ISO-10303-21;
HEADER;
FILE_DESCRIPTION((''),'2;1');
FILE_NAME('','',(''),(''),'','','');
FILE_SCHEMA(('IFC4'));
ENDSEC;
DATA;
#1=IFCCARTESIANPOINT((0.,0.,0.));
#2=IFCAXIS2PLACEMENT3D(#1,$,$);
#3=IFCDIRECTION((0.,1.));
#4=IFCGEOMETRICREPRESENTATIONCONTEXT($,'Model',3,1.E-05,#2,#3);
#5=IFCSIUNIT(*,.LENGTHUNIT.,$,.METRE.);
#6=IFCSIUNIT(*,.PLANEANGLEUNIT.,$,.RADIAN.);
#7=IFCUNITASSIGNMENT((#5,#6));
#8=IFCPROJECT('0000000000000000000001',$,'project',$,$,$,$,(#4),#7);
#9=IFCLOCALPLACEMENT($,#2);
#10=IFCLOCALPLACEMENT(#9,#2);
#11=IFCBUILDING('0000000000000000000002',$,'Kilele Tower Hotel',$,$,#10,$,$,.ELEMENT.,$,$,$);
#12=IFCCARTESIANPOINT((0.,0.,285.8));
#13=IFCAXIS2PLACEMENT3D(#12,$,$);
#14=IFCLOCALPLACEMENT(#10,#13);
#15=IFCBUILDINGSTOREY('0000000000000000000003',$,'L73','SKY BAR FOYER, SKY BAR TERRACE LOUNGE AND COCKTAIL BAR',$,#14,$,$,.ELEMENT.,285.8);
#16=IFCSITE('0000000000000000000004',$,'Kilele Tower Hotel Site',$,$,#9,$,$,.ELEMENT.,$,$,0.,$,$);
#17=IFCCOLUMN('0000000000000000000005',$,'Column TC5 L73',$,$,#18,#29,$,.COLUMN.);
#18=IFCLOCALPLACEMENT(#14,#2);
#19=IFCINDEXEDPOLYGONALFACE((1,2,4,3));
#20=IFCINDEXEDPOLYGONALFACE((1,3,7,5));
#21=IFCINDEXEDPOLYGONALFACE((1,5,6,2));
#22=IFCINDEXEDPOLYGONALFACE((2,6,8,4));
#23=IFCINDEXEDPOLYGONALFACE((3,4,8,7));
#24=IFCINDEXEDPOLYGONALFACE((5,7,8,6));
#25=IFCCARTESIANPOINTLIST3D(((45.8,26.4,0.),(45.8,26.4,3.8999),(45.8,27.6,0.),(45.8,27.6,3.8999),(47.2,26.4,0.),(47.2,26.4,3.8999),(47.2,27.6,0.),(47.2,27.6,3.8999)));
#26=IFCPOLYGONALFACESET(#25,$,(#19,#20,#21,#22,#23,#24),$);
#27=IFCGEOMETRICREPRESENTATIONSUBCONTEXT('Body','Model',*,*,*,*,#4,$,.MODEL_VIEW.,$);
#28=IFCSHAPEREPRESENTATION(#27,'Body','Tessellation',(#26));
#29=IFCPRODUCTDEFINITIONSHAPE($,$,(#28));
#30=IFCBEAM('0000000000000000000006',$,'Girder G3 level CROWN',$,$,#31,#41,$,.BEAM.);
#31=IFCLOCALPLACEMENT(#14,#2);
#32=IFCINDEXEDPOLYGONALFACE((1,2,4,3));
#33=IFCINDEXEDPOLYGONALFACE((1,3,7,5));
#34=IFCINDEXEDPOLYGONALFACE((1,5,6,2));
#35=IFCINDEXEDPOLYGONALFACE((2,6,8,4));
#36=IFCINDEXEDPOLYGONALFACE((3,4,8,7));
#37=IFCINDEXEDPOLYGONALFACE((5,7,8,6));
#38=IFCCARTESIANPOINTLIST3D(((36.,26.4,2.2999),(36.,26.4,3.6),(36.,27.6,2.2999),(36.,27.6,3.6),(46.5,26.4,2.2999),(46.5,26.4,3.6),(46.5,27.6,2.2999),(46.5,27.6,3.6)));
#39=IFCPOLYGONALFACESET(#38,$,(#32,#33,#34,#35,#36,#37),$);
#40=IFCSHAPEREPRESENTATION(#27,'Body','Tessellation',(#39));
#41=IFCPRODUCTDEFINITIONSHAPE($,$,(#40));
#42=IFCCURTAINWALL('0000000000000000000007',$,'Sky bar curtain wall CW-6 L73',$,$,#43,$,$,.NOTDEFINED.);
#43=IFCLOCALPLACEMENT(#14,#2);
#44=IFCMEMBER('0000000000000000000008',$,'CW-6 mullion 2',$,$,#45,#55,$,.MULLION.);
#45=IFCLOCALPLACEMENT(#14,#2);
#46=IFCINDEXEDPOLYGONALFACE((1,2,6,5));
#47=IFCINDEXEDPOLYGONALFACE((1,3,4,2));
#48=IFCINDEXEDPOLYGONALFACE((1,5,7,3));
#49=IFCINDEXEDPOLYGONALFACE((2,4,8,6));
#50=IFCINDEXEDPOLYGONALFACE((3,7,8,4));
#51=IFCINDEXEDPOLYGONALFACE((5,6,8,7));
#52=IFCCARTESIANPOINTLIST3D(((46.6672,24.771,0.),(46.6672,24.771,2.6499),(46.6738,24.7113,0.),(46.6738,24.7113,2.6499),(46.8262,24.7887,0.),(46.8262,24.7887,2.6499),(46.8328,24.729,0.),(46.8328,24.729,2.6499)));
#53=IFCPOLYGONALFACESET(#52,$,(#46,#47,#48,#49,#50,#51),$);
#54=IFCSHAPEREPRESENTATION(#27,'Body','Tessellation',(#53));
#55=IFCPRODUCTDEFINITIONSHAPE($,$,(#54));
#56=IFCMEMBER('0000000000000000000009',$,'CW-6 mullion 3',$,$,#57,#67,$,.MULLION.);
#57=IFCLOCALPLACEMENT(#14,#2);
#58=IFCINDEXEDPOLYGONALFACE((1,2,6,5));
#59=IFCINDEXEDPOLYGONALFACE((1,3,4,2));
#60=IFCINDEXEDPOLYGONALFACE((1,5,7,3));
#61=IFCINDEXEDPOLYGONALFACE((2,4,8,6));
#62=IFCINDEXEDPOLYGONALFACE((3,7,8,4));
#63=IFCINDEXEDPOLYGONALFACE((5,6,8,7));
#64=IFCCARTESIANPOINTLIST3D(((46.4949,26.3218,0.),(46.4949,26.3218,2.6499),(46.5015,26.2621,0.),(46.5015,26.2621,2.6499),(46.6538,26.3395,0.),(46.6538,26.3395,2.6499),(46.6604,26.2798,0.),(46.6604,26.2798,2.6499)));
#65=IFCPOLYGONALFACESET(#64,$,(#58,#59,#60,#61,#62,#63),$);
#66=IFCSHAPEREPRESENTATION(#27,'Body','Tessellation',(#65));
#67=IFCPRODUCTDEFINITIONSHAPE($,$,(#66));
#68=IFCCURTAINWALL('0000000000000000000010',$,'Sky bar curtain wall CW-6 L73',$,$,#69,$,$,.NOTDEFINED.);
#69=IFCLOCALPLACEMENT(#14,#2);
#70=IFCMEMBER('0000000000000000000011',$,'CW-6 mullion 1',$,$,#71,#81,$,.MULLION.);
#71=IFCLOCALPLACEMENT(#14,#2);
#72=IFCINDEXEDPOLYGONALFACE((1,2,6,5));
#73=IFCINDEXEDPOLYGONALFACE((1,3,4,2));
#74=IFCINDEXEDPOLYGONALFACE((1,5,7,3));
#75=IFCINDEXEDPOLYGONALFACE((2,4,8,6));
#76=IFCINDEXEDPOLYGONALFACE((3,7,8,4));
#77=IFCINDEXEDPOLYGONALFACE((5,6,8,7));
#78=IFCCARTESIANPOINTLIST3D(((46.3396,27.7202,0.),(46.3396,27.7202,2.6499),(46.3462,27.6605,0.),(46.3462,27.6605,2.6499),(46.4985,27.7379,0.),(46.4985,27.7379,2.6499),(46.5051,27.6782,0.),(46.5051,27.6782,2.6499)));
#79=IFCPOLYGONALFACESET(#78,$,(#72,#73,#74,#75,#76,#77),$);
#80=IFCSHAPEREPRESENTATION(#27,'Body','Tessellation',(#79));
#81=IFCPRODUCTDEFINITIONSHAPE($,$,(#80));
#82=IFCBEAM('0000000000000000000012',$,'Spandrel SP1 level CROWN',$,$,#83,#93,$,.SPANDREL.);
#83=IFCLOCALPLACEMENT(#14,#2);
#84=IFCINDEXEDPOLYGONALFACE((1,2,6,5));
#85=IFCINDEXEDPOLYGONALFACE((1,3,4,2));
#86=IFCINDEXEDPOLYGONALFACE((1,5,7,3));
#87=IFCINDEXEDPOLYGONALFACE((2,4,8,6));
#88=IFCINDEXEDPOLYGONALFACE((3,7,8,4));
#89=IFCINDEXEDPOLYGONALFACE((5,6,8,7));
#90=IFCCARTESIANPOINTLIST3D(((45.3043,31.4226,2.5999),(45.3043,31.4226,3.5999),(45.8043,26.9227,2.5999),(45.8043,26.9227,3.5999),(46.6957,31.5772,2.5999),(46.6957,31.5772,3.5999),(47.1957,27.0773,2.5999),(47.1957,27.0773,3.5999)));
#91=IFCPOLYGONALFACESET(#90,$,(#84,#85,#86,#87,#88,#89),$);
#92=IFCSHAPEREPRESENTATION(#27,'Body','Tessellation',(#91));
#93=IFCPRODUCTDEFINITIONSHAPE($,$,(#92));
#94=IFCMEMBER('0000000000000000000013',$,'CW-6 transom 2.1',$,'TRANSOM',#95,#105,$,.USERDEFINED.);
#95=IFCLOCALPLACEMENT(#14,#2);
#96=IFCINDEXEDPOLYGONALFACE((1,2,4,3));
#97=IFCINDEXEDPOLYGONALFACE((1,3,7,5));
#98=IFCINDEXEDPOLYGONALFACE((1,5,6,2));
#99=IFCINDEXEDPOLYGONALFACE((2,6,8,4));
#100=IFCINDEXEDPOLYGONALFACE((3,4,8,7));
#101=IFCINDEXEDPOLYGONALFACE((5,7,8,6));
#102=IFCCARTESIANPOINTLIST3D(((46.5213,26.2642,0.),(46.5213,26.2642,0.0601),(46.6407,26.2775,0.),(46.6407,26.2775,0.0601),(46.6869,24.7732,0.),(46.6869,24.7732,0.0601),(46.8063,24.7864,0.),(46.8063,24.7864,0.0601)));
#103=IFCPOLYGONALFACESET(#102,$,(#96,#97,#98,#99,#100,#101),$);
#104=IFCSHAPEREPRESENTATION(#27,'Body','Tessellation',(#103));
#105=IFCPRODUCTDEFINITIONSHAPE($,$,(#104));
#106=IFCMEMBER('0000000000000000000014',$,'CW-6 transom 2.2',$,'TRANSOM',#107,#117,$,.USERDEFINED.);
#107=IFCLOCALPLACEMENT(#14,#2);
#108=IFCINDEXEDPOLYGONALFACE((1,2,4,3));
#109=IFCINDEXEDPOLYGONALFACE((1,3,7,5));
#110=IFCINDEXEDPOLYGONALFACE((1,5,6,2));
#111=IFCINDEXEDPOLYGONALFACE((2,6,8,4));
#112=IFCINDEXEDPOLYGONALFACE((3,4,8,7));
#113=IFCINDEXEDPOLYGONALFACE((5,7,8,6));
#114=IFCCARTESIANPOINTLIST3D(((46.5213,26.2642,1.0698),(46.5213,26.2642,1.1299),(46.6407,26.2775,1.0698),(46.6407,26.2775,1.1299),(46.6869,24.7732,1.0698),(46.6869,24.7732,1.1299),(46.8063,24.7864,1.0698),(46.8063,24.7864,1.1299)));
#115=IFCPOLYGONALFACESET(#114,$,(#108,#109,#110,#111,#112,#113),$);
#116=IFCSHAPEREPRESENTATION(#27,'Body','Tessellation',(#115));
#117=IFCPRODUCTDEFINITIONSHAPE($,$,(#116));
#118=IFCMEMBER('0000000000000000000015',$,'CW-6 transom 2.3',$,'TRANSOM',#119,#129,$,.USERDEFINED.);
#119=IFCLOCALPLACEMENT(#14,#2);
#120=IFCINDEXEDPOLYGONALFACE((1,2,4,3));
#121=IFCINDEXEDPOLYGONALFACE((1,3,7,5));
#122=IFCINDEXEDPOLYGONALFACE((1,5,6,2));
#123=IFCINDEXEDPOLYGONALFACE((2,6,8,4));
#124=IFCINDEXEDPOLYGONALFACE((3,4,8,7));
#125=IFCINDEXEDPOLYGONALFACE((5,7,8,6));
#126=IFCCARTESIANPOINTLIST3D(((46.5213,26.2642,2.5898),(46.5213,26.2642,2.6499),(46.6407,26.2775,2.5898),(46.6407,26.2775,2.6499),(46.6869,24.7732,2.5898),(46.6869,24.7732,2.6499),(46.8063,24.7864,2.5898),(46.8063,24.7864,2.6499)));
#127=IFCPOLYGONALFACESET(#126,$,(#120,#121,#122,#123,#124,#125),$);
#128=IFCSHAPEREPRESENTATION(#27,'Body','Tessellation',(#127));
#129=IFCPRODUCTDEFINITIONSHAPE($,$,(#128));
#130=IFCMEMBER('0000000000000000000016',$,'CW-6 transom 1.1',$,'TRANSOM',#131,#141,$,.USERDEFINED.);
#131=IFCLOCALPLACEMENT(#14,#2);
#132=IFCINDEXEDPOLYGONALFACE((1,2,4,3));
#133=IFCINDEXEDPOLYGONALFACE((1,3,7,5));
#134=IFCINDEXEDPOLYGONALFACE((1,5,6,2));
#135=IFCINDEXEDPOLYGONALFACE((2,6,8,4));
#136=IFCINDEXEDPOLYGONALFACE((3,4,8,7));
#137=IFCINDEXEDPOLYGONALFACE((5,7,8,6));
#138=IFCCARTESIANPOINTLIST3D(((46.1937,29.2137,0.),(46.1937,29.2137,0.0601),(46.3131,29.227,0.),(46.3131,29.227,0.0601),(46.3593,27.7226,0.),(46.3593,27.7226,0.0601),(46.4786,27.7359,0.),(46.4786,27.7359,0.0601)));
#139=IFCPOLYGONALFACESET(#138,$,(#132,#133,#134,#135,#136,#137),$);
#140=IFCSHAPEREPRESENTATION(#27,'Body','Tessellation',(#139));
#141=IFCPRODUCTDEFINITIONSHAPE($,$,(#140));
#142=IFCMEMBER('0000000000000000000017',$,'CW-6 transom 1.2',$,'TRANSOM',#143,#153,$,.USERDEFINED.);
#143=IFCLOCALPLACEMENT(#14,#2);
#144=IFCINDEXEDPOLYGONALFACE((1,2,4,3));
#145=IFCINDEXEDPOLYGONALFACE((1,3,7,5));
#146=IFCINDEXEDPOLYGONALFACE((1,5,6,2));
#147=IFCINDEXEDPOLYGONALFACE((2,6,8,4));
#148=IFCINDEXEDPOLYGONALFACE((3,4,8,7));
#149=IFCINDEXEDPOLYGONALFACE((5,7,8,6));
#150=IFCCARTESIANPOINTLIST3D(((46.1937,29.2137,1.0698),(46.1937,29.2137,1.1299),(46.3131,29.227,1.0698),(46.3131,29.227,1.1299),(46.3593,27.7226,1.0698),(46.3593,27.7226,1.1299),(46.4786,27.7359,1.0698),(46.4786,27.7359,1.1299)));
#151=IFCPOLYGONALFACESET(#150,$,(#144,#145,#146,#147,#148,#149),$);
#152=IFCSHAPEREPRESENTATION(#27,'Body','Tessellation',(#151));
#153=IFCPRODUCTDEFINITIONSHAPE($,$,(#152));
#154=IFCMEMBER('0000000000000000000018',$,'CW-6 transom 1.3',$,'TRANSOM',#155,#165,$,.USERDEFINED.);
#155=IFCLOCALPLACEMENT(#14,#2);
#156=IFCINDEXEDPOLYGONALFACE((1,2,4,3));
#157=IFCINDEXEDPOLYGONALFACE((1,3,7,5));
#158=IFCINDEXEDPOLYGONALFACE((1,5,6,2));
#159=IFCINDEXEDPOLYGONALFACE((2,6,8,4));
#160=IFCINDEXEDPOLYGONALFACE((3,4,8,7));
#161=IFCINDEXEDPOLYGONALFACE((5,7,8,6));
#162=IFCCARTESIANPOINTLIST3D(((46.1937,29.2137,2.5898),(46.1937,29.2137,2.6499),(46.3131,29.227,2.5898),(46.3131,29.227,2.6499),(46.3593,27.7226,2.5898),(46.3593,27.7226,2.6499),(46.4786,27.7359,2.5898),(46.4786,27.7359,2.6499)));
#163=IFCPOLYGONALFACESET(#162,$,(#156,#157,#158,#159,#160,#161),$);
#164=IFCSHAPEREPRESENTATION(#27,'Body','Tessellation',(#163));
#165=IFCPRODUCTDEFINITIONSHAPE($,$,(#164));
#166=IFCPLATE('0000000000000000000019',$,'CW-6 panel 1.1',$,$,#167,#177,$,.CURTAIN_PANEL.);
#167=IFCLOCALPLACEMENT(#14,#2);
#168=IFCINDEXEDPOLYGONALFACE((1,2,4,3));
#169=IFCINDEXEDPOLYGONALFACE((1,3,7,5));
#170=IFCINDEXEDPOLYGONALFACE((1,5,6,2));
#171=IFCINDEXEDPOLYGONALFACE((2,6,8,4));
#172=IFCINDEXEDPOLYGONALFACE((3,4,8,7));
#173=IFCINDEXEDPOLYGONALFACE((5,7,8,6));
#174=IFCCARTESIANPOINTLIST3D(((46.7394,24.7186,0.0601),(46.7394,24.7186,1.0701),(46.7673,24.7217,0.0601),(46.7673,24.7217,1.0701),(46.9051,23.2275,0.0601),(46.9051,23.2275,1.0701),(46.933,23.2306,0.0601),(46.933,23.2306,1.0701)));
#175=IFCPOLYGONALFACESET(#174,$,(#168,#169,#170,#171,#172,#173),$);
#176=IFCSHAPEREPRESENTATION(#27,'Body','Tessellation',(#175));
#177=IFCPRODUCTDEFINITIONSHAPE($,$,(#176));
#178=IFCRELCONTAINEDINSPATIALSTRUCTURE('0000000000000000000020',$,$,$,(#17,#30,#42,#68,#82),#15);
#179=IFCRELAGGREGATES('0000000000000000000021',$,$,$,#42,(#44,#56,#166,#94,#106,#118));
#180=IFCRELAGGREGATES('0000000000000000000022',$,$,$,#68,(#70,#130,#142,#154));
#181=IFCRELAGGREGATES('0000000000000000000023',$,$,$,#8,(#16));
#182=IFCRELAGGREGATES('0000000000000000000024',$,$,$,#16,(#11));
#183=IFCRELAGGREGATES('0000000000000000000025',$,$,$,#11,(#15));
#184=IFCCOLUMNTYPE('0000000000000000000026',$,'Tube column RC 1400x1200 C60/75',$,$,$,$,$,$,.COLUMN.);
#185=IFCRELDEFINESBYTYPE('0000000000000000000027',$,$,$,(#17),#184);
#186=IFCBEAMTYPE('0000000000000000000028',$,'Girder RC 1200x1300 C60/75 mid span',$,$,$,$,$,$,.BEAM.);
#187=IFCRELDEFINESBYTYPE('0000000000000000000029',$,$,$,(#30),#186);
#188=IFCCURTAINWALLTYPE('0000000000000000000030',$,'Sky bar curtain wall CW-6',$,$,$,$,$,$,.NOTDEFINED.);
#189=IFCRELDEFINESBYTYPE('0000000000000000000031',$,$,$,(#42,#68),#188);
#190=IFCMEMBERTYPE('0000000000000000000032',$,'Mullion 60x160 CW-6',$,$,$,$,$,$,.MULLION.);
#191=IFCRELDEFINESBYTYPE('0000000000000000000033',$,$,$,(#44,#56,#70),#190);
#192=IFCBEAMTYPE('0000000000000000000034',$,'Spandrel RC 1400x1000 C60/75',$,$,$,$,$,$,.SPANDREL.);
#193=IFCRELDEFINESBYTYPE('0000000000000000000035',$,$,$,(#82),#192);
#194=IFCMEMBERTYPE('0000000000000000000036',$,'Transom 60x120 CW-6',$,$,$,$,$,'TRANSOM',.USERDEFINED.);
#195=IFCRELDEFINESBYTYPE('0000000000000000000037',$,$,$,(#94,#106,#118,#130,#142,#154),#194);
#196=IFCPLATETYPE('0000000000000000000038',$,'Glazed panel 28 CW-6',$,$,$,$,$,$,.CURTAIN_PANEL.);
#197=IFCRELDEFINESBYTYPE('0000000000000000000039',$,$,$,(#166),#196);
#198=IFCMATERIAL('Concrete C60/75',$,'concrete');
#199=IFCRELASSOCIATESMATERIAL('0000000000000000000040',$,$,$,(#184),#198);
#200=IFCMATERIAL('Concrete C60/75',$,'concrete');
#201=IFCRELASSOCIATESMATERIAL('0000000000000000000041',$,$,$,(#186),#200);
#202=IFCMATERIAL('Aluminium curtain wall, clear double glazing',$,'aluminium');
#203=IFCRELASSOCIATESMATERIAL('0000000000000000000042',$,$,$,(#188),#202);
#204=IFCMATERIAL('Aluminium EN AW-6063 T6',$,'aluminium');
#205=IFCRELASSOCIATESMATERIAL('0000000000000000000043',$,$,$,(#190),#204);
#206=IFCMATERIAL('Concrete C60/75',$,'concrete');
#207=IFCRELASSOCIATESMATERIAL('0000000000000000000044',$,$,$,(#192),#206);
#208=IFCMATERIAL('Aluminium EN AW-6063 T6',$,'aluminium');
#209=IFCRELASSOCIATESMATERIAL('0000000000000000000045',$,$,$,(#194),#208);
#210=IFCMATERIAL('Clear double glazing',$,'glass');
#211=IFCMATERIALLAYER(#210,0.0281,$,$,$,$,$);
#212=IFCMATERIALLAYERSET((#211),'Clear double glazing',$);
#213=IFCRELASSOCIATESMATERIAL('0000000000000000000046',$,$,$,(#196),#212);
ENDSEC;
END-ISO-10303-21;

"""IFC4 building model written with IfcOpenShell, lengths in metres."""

from ifc_helpers import new_model, si_unit, direction, frame, origin, origin_2d, place, context, subcontext, project, spatial, rectangle, extrude, material, layer, layer_set, material_profile, profile_set, type_object, element, aggregate, save


model = new_model("IFC4")

# Units and contexts
model_context = context("Model", 3, precision=1e-05, world=origin(), true_north=direction((0.0, 1.0)))
body_context = subcontext(model_context, "Body", "Model", "MODEL_VIEW")
ifc_project = project(units=[si_unit("LENGTHUNIT", "METRE"), si_unit("PLANEANGLEUNIT", "RADIAN")], contexts=[model_context])

# Site, building, storey
site_placement = place(None, origin())
site = spatial("IfcSite", under=ifc_project, at=site_placement, Name="Kilele Tower Hotel Site", CompositionType="ELEMENT", RefElevation=0.0)
building_placement = place(site_placement, origin())
building = spatial("IfcBuilding", under=site, at=building_placement, Name="Kilele Tower Hotel", CompositionType="ELEMENT")
storey_placement = place(building_placement, frame((0.0, 0.0, 285.8)))
storey = spatial("IfcBuildingStorey", under=building, at=storey_placement, Name="L73", Description="SKY BAR FOYER, SKY BAR TERRACE LOUNGE AND COCKTAIL BAR", CompositionType="ELEMENT", Elevation=285.8)

# Column
ifc_material_1 = material(Name="Concrete C60/75", Category="concrete")
ifc_material_profile_1 = material_profile(ifc_material_1, rectangle(XDim=1.3999, YDim=1.2, at=origin_2d()))
ifc_profile_set_1 = profile_set([ifc_material_profile_1], Name="Concrete C60/75")
column_type = type_object("IfcColumnType", Name="Tube column RC 1400x1200 C60/75", PredefinedType="COLUMN", material=ifc_profile_set_1)
column_placement = place(storey_placement, frame((46.5, 27.0, 0.0), z_axis=(0.0, 0.0, 1.0), x_axis=(1.0, 0.0, 0.0)))
element("IfcColumn", 1, at=column_placement, inside=storey, type_object=column_type, Name="Column TC5 L73", PredefinedType="COLUMN", context=body_context, shape_type="SweptSolid", body=[
    extrude(rectangle(XDim=1.3999, YDim=1.2, at=origin_2d()), origin(), (0.0, 0.0, 1.0), 3.8999),
])

# Beam
ifc_material_2 = material(Name="Concrete C60/75", Category="concrete")
ifc_material_profile_2 = material_profile(ifc_material_2, rectangle(XDim=1.2, YDim=1.3, at=origin_2d()))
ifc_profile_set_2 = profile_set([ifc_material_profile_2], Name="Concrete C60/75")
beam_type_1 = type_object("IfcBeamType", Name="Girder RC 1200x1300 C60/75 mid span", PredefinedType="BEAM", material=ifc_profile_set_2)
beam_1_placement = place(storey_placement, frame((46.5, 27.0, 2.95), z_axis=(-1.0, 0.0, 0.0), x_axis=(0.0, -1.0, 0.0)))
element("IfcBeam", 2, at=beam_1_placement, inside=storey, type_object=beam_type_1, Name="Girder G3 level CROWN", PredefinedType="BEAM", context=body_context, shape_type="SweptSolid", body=[
    extrude(rectangle(XDim=1.2, YDim=1.3, at=origin_2d()), origin(), (0.0, 0.0, 1.0), 10.5),
])

# Curtain wall, members
ifc_material_3 = material(Name="Aluminium curtain wall, clear double glazing", Category="aluminium")
curtain_wall_type = type_object("IfcCurtainWallType", Name="Sky bar curtain wall CW-6", PredefinedType="NOTDEFINED", material=ifc_material_3)
curtain_wall_1_placement = place(storey_placement, origin())
curtain_wall_1 = element("IfcCurtainWall", 3, at=curtain_wall_1_placement, inside=storey, type_object=curtain_wall_type, Name="Sky bar curtain wall CW-6 L73", PredefinedType="NOTDEFINED")
ifc_material_4 = material(Name="Aluminium EN AW-6063 T6", Category="aluminium")
ifc_material_profile_3 = material_profile(ifc_material_4, rectangle(XDim=0.1599, YDim=0.0601, at=origin_2d()))
ifc_profile_set_3 = profile_set([ifc_material_profile_3], Name="Aluminium EN AW-6063 T6")
member_type_1 = type_object("IfcMemberType", Name="Mullion 60x160 CW-6", PredefinedType="MULLION", material=ifc_profile_set_3)
member_1_placement = place(storey_placement, frame((46.75, 24.75, 0.0), z_axis=(0.0, 0.0, 1.0), x_axis=(-0.993884, -0.110432, 0.0)))
member_1 = element("IfcMember", 4, at=member_1_placement, type_object=member_type_1, Name="CW-6 mullion 2", PredefinedType="MULLION", context=body_context, shape_type="SweptSolid", body=[
    extrude(rectangle(XDim=0.1599, YDim=0.0601, at=origin_2d()), origin(), (0.0, 0.0, 1.0), 2.6499),
])
member_2_placement = place(storey_placement, frame((46.5776, 26.3008, 0.0), z_axis=(0.0, 0.0, 1.0), x_axis=(-0.993884, -0.110432, 0.0)))
member_2 = element("IfcMember", 5, at=member_2_placement, type_object=member_type_1, Name="CW-6 mullion 3", PredefinedType="MULLION", context=body_context, shape_type="SweptSolid", body=[
    extrude(rectangle(XDim=0.1599, YDim=0.0601, at=origin_2d()), origin(), (0.0, 0.0, 1.0), 2.6499),
])

# Curtain wall, member
curtain_wall_2_placement = place(storey_placement, origin())
curtain_wall_2 = element("IfcCurtainWall", 6, at=curtain_wall_2_placement, inside=storey, type_object=curtain_wall_type, Name="Sky bar curtain wall CW-6 L73", PredefinedType="NOTDEFINED")
member_3_placement = place(storey_placement, frame((46.4224, 27.6992, 0.0), z_axis=(0.0, 0.0, 1.0), x_axis=(-0.993884, -0.110432, 0.0)))
member_3 = element("IfcMember", 7, at=member_3_placement, type_object=member_type_1, Name="CW-6 mullion 1", PredefinedType="MULLION", context=body_context, shape_type="SweptSolid", body=[
    extrude(rectangle(XDim=0.1599, YDim=0.0601, at=origin_2d()), origin(), (0.0, 0.0, 1.0), 2.6499),
])

# Beam
ifc_material_5 = material(Name="Concrete C60/75", Category="concrete")
ifc_material_profile_4 = material_profile(ifc_material_5, rectangle(XDim=1.3999, YDim=1.0, at=origin_2d()))
ifc_profile_set_4 = profile_set([ifc_material_profile_4], Name="Concrete C60/75")
beam_type_2 = type_object("IfcBeamType", Name="Spandrel RC 1400x1000 C60/75", PredefinedType="SPANDREL", material=ifc_profile_set_4)
beam_2_placement = place(storey_placement, frame((46.5, 27.0, 3.0999), z_axis=(-0.110432, 0.993884, 0.0), x_axis=(-0.993884, -0.110432, 0.0)))
element("IfcBeam", 8, at=beam_2_placement, inside=storey, type_object=beam_type_2, Name="Spandrel SP1 level CROWN", PredefinedType="SPANDREL", context=body_context, shape_type="SweptSolid", body=[
    extrude(rectangle(XDim=1.3999, YDim=1.0, at=origin_2d()), origin(), (0.0, 0.0, 1.0), 4.5276),
])

# Members
ifc_material_6 = material(Name="Aluminium EN AW-6063 T6", Category="aluminium")
ifc_material_profile_5 = material_profile(ifc_material_6, rectangle(XDim=0.1201, YDim=0.0601, at=origin_2d()))
ifc_profile_set_5 = profile_set([ifc_material_profile_5], Name="Aluminium EN AW-6063 T6")
member_type_2 = type_object("IfcMemberType", Name="Transom 60x120 CW-6", ElementType="TRANSOM", PredefinedType="USERDEFINED", material=ifc_profile_set_5)
member_4_placement = place(storey_placement, frame((46.7466, 24.7798, 0.03), z_axis=(-0.110342, 0.993894, 0.0), x_axis=(-0.993894, -0.110342, 0.0)))
member_4 = element("IfcMember", 9, at=member_4_placement, type_object=member_type_2, Name="CW-6 transom 2.1", ObjectType="TRANSOM", PredefinedType="USERDEFINED", context=body_context, shape_type="SweptSolid", body=[
    extrude(rectangle(XDim=0.1201, YDim=0.0601, at=origin_2d()), origin(), (0.0, 0.0, 1.0), 1.5002),
])
member_5_placement = place(storey_placement, frame((46.7466, 24.7798, 1.0999), z_axis=(-0.110342, 0.993894, 0.0), x_axis=(-0.993894, -0.110342, 0.0)))
member_5 = element("IfcMember", 10, at=member_5_placement, type_object=member_type_2, Name="CW-6 transom 2.2", ObjectType="TRANSOM", PredefinedType="USERDEFINED", context=body_context, shape_type="SweptSolid", body=[
    extrude(rectangle(XDim=0.1201, YDim=0.0601, at=origin_2d()), origin(), (0.0, 0.0, 1.0), 1.5002),
])
member_6_placement = place(storey_placement, frame((46.7466, 24.7798, 2.6199), z_axis=(-0.110342, 0.993894, 0.0), x_axis=(-0.993894, -0.110342, 0.0)))
member_6 = element("IfcMember", 11, at=member_6_placement, type_object=member_type_2, Name="CW-6 transom 2.3", ObjectType="TRANSOM", PredefinedType="USERDEFINED", context=body_context, shape_type="SweptSolid", body=[
    extrude(rectangle(XDim=0.1201, YDim=0.0601, at=origin_2d()), origin(), (0.0, 0.0, 1.0), 1.5002),
])
member_7_placement = place(storey_placement, frame((46.4189, 27.7292, 0.03), z_axis=(-0.110342, 0.993894, 0.0), x_axis=(-0.993894, -0.110342, 0.0)))
member_7 = element("IfcMember", 12, at=member_7_placement, type_object=member_type_2, Name="CW-6 transom 1.1", ObjectType="TRANSOM", PredefinedType="USERDEFINED", context=body_context, shape_type="SweptSolid", body=[
    extrude(rectangle(XDim=0.1201, YDim=0.0601, at=origin_2d()), origin(), (0.0, 0.0, 1.0), 1.5002),
])
member_8_placement = place(storey_placement, frame((46.4189, 27.7292, 1.0999), z_axis=(-0.110342, 0.993894, 0.0), x_axis=(-0.993894, -0.110342, 0.0)))
member_8 = element("IfcMember", 13, at=member_8_placement, type_object=member_type_2, Name="CW-6 transom 1.2", ObjectType="TRANSOM", PredefinedType="USERDEFINED", context=body_context, shape_type="SweptSolid", body=[
    extrude(rectangle(XDim=0.1201, YDim=0.0601, at=origin_2d()), origin(), (0.0, 0.0, 1.0), 1.5002),
])
member_9_placement = place(storey_placement, frame((46.4189, 27.7292, 2.6199), z_axis=(-0.110342, 0.993894, 0.0), x_axis=(-0.993894, -0.110342, 0.0)))
member_9 = element("IfcMember", 14, at=member_9_placement, type_object=member_type_2, Name="CW-6 transom 1.3", ObjectType="TRANSOM", PredefinedType="USERDEFINED", context=body_context, shape_type="SweptSolid", body=[
    extrude(rectangle(XDim=0.1201, YDim=0.0601, at=origin_2d()), origin(), (0.0, 0.0, 1.0), 1.5002),
])

# Plate
ifc_material_7 = material(Name="Clear double glazing", Category="glass")
ifc_layer = layer(ifc_material_7, 0.0281)
ifc_layer_set = layer_set([ifc_layer], Name="Clear double glazing")
plate_type = type_object("IfcPlateType", Name="Glazed panel 28 CW-6", PredefinedType="CURTAIN_PANEL", material=ifc_layer_set)
plate_1_placement = place(storey_placement, frame((46.8362, 23.9746, 0.0601), z_axis=(0.0, 0.0, 1.0), x_axis=(-0.110432, 0.993884, 0.0)))
plate_1 = element("IfcPlate", 15, at=plate_1_placement, type_object=plate_type, Name="CW-6 panel 1.1", PredefinedType="CURTAIN_PANEL", context=body_context, shape_type="SweptSolid", body=[
    extrude(rectangle(XDim=1.5002, YDim=0.0281, at=origin_2d()), origin(), (0.0, 0.0, 1.0), 1.01),
])
aggregate(curtain_wall_1, [member_1, member_2, plate_1, member_4, member_5, member_6])
aggregate(curtain_wall_2, [member_3, member_7, member_8, member_9])

save(model, "model.ifc")
